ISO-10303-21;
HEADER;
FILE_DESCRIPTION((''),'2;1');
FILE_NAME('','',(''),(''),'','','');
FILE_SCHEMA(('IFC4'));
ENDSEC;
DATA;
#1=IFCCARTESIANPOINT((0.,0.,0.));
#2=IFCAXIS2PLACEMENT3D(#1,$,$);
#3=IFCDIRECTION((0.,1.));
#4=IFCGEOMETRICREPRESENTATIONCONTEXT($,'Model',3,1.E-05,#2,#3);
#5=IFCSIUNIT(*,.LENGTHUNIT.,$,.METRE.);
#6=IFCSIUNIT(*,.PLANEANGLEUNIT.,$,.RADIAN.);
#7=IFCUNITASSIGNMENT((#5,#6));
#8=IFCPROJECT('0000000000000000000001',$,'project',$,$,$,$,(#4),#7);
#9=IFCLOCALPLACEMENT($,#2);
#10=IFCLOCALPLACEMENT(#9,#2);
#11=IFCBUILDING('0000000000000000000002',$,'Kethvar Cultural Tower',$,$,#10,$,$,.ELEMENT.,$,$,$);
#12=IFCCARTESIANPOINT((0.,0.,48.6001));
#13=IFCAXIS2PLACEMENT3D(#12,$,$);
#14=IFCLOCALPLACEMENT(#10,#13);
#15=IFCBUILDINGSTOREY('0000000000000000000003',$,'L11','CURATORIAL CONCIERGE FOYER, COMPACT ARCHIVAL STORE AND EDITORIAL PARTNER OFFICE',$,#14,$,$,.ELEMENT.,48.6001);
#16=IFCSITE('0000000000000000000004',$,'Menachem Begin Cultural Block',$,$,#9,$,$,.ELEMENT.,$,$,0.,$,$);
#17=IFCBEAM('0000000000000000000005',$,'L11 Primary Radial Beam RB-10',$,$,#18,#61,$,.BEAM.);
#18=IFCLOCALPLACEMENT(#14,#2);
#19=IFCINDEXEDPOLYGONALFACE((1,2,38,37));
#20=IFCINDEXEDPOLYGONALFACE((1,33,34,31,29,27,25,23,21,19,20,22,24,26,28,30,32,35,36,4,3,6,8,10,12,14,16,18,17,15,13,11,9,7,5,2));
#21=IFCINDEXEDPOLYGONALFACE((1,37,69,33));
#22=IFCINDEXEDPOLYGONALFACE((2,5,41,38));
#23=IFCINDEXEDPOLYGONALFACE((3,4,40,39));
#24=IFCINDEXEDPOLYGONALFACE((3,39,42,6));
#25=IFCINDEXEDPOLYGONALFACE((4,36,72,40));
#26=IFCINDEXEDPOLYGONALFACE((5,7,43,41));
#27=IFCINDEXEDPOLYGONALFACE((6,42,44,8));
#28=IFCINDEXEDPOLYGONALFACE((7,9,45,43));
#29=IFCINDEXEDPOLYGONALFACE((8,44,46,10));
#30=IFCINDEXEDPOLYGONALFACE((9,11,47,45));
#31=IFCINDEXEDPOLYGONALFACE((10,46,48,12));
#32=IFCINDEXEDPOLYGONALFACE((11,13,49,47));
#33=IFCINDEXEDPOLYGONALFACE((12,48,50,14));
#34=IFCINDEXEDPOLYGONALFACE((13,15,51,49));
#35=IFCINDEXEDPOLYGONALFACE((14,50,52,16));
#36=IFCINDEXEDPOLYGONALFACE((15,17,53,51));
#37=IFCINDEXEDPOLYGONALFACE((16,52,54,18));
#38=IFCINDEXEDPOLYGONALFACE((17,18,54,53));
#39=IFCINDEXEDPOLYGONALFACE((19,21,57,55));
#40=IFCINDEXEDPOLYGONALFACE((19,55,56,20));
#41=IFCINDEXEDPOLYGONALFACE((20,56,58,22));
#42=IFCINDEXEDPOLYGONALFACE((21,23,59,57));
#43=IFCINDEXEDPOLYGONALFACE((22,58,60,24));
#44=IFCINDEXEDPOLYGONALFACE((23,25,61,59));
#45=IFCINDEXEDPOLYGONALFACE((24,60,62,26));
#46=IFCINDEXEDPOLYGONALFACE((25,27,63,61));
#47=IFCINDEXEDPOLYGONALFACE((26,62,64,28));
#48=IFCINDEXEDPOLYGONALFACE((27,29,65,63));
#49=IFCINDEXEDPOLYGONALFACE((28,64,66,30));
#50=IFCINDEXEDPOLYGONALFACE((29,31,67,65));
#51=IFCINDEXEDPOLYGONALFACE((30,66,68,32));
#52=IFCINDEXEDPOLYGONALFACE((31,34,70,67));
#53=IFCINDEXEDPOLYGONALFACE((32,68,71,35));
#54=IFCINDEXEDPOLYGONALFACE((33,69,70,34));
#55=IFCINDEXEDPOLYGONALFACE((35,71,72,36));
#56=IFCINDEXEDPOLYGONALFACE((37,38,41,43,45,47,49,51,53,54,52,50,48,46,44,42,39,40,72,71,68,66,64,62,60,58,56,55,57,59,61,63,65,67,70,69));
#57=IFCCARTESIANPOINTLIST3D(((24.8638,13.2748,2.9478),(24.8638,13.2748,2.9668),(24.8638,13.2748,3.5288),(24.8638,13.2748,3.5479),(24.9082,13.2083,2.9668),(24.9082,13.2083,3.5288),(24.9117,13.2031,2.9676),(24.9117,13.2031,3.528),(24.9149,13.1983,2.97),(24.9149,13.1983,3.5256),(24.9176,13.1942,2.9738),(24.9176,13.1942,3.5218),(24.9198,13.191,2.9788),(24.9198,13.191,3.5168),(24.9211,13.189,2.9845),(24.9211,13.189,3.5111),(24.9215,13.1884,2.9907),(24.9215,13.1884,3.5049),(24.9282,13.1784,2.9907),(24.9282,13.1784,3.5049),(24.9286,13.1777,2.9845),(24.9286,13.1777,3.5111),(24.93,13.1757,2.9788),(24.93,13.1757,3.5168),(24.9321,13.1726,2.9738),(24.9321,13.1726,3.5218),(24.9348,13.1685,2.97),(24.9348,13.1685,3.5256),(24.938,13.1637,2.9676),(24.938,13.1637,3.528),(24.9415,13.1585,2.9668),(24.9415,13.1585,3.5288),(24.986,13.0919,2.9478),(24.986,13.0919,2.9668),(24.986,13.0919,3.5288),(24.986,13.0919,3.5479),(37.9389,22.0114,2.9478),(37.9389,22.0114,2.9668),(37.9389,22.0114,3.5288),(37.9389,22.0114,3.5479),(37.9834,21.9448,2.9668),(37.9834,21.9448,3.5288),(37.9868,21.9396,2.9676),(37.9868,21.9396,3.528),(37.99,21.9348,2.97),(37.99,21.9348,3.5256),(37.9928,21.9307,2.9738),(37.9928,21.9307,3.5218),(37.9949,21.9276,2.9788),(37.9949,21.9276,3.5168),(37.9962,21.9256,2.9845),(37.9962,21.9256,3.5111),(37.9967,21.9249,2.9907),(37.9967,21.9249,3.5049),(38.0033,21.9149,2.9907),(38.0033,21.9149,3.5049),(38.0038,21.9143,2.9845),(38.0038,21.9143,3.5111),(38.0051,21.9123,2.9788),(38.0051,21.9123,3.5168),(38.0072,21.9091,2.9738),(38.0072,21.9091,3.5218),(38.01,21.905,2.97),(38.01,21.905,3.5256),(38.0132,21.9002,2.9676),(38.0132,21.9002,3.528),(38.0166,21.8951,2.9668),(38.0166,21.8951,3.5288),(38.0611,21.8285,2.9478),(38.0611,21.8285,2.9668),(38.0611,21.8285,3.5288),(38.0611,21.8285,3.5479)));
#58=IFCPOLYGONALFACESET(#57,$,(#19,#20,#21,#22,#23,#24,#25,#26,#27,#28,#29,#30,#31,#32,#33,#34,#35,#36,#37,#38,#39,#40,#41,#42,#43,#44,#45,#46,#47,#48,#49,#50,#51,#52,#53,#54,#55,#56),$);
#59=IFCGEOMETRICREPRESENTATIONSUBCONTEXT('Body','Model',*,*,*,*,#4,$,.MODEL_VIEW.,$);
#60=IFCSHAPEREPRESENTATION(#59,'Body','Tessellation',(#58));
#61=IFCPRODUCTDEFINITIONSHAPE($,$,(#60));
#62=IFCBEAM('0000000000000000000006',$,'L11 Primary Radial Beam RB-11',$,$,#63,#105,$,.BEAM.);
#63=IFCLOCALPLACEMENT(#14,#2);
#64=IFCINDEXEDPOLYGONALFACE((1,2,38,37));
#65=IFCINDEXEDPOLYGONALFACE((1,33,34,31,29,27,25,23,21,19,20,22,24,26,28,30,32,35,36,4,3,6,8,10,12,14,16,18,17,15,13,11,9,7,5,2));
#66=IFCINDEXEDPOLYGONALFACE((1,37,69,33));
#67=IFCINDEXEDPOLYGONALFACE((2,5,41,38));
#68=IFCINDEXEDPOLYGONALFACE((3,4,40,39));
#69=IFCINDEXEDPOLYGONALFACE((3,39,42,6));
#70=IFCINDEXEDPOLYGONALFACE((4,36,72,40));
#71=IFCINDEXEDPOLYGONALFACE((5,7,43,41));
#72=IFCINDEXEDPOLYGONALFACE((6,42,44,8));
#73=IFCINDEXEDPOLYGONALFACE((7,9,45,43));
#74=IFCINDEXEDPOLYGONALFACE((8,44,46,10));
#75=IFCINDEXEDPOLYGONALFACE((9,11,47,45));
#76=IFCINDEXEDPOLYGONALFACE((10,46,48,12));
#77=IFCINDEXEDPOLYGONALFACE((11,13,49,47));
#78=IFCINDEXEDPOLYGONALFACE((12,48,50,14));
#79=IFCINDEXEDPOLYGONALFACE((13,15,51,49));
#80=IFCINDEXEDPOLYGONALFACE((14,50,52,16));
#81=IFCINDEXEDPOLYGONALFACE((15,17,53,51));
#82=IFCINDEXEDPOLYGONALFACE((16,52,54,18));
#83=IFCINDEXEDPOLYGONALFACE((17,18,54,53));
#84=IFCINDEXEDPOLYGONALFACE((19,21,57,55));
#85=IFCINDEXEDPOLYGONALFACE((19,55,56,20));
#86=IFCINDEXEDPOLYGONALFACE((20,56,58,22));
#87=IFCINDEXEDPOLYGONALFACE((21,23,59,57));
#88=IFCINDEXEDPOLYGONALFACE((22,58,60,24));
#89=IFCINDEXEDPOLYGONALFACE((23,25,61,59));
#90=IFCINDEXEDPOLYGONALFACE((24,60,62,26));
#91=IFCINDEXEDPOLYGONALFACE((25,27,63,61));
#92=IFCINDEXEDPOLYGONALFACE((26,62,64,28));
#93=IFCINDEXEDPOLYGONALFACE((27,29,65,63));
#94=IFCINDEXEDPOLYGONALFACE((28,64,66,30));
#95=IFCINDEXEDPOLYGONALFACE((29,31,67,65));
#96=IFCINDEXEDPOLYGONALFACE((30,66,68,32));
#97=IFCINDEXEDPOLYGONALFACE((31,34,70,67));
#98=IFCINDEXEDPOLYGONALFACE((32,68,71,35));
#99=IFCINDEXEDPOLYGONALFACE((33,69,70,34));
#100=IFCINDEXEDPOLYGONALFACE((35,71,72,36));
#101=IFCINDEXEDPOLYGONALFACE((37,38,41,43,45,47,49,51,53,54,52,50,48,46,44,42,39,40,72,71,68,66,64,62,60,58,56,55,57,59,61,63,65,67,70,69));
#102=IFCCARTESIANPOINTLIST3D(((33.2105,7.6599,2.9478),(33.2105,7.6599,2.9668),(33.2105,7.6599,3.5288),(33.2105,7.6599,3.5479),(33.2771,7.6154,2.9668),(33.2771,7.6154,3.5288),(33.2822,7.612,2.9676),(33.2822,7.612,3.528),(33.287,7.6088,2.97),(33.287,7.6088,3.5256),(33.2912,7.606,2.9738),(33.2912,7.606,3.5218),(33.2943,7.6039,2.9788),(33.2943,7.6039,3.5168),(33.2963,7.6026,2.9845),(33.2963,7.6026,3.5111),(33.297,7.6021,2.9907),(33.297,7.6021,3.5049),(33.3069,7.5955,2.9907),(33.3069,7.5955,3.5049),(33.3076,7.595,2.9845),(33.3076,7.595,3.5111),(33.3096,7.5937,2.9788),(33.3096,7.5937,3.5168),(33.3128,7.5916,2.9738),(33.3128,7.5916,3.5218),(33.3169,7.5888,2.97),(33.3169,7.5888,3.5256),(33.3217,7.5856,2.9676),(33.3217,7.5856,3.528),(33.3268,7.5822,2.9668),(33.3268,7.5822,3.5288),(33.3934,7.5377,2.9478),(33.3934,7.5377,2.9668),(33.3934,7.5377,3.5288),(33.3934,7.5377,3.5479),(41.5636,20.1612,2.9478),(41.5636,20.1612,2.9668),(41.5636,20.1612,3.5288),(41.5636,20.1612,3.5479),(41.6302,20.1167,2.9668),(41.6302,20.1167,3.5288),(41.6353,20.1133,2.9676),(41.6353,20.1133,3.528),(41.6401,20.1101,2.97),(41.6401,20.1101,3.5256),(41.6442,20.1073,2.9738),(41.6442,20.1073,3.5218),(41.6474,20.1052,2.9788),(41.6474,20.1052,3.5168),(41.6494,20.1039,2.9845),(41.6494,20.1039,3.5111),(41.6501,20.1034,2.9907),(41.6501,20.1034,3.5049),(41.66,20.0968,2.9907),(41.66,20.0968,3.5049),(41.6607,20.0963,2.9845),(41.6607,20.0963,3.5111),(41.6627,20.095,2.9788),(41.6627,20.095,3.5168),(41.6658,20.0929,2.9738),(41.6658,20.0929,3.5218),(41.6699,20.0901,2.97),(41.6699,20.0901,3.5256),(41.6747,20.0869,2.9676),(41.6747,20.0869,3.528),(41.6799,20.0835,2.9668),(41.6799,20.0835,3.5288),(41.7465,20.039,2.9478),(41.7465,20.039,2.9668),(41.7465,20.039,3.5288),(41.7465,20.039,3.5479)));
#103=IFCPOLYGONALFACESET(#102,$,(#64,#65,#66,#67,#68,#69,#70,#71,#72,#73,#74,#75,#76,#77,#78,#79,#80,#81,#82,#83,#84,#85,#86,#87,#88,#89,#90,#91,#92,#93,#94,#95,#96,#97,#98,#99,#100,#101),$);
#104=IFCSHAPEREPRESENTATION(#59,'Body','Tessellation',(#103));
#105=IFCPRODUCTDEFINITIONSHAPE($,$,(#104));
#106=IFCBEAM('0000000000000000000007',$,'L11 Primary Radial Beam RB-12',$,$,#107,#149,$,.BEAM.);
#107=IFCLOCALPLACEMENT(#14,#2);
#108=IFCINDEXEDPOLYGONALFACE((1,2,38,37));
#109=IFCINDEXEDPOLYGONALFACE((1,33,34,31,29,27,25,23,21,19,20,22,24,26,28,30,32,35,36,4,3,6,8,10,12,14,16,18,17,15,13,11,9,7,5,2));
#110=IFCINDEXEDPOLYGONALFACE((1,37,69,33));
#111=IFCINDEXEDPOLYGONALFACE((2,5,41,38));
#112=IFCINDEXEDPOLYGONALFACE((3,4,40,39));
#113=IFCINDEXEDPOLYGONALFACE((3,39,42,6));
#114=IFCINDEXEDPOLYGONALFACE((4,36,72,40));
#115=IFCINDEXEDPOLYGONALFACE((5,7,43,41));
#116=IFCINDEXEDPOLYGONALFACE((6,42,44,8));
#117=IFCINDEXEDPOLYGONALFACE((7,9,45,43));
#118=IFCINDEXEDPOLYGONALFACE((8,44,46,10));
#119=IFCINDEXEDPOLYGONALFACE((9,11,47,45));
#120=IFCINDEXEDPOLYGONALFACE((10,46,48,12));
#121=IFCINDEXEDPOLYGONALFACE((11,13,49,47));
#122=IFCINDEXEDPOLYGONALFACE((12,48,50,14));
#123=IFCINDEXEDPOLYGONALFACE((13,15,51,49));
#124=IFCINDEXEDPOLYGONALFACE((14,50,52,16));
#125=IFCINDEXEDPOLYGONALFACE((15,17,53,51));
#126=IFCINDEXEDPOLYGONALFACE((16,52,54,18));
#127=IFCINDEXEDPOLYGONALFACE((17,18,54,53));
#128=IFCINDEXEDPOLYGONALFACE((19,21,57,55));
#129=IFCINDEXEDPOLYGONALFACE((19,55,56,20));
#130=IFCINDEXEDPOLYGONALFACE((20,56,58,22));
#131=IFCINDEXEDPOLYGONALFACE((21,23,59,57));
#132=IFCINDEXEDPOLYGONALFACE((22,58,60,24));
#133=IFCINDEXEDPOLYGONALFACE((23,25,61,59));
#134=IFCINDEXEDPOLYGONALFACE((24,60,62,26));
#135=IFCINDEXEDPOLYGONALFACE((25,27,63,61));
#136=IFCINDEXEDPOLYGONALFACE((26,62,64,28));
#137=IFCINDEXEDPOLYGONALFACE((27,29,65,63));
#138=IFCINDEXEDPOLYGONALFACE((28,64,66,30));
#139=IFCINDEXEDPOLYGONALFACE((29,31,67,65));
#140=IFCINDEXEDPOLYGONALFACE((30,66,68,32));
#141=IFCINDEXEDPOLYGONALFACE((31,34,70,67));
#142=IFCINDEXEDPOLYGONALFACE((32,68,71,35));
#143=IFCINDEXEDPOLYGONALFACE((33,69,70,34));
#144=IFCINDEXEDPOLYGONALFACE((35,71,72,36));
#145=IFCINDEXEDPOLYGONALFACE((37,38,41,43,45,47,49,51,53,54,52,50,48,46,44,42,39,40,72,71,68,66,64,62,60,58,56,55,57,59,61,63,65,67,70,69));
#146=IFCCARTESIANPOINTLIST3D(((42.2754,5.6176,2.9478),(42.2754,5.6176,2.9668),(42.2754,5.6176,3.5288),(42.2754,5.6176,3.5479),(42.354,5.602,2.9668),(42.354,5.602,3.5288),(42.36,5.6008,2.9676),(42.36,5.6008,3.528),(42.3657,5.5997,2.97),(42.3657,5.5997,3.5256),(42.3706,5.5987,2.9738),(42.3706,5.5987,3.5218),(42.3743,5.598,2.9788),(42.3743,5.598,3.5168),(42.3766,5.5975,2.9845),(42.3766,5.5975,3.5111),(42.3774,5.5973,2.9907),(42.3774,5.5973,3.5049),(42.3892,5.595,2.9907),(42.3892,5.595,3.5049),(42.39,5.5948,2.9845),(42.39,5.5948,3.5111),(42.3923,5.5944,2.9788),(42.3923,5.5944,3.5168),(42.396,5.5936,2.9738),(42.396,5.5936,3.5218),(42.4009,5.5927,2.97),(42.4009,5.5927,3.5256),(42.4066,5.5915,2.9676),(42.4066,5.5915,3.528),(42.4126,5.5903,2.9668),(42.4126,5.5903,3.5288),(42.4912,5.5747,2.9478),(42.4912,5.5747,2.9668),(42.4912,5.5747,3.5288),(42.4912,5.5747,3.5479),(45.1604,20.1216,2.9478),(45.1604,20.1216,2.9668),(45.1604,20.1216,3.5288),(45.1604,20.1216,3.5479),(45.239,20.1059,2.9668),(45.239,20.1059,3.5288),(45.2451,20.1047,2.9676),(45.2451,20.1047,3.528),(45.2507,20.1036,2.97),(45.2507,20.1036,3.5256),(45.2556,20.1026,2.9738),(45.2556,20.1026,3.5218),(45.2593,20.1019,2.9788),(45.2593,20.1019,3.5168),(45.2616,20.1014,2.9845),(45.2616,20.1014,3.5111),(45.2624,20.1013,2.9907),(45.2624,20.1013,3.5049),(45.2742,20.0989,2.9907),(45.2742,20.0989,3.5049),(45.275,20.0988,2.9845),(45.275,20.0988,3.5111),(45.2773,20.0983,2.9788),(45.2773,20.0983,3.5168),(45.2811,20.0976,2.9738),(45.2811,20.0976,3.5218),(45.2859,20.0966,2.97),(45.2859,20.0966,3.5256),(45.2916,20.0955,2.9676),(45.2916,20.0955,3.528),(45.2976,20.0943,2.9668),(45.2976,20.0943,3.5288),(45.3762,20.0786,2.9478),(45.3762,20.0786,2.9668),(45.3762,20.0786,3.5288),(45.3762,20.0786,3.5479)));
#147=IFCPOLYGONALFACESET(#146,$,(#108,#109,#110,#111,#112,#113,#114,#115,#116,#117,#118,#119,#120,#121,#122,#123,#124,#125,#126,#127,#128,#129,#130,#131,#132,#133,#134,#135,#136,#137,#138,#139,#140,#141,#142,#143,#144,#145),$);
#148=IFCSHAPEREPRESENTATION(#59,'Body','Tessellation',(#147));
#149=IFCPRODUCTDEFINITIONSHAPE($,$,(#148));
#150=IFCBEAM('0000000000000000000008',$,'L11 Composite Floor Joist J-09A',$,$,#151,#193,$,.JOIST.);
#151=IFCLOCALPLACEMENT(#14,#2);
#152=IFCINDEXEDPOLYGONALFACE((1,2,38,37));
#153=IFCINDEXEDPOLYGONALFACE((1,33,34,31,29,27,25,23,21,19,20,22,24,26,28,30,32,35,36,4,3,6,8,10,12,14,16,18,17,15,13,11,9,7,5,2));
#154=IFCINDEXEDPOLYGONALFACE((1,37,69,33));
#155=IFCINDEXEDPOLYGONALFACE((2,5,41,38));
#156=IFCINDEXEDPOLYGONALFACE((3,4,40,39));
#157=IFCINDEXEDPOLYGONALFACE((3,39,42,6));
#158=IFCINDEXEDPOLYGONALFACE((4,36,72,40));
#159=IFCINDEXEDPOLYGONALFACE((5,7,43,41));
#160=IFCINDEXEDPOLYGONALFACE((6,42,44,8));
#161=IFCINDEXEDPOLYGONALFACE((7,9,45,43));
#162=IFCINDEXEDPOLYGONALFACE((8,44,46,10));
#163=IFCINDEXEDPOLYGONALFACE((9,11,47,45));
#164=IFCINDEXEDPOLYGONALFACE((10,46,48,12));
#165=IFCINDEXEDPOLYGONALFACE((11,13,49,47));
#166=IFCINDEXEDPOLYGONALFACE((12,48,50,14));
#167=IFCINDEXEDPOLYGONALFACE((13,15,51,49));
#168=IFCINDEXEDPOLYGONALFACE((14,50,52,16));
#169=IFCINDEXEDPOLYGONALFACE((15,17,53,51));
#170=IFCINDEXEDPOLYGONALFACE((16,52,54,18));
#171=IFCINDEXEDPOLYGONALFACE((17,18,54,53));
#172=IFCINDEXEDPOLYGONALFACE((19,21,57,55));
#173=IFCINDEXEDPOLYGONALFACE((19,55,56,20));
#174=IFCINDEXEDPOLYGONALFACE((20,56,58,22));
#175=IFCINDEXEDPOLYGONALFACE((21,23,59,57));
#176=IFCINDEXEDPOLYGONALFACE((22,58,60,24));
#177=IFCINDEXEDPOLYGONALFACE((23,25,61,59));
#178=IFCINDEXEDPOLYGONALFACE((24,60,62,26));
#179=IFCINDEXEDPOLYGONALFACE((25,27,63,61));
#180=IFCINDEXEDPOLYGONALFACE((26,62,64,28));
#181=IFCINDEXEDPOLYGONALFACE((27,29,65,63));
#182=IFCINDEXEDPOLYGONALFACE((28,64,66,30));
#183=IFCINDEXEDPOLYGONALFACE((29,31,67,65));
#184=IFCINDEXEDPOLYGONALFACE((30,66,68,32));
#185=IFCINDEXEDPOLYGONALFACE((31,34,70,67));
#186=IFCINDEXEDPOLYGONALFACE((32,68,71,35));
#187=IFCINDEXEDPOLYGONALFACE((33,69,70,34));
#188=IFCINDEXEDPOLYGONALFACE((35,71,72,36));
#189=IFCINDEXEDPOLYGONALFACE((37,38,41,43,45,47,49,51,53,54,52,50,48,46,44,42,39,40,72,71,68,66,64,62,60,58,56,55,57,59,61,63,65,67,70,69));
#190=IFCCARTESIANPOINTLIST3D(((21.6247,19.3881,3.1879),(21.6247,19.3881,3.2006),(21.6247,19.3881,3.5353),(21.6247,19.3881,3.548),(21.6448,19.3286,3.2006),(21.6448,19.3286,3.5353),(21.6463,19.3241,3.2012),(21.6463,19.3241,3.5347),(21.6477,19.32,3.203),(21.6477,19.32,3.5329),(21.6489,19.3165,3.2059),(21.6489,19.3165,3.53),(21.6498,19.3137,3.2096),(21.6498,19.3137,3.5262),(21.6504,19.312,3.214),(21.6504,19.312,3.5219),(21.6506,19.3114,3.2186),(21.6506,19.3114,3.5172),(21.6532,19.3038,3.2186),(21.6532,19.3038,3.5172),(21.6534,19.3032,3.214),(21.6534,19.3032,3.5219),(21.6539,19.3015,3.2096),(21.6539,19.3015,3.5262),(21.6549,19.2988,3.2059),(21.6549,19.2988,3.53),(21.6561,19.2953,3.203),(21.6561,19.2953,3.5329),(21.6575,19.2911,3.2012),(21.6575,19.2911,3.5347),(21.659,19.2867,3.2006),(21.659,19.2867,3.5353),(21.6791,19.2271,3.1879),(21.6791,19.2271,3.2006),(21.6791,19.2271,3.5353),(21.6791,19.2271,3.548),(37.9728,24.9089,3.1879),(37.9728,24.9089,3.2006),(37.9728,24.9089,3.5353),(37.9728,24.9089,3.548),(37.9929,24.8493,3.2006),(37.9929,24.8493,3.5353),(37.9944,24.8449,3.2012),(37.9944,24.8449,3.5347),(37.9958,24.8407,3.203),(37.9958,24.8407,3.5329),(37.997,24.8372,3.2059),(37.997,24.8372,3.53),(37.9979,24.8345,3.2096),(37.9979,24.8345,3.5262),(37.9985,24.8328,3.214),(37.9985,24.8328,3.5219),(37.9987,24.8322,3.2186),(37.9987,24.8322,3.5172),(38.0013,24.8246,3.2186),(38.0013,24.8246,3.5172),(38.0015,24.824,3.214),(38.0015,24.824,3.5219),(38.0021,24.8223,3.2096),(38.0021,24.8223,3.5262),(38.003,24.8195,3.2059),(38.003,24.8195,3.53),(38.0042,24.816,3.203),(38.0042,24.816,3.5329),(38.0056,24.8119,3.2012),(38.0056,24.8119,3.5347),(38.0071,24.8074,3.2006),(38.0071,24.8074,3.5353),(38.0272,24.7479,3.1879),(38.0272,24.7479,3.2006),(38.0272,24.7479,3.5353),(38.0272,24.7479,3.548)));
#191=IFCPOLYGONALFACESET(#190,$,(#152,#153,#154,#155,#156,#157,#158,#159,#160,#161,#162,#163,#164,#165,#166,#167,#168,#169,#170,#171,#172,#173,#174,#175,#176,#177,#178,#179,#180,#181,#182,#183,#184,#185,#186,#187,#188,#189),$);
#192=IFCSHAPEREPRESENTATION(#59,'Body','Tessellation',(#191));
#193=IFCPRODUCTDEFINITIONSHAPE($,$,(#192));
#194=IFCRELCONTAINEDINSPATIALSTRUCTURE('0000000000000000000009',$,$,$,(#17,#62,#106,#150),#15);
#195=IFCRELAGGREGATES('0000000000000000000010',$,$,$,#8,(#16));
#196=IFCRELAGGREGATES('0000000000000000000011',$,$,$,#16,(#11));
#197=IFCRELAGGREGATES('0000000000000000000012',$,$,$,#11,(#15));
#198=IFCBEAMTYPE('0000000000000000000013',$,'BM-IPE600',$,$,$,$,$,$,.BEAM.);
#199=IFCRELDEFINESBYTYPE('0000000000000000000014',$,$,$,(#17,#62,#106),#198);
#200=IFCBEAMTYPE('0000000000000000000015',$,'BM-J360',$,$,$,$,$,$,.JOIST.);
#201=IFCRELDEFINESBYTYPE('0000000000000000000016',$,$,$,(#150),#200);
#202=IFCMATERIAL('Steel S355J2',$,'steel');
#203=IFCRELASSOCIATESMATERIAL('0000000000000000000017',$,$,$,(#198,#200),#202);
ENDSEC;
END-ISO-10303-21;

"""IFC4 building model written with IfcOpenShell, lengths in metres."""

from ifc_helpers import new_model, si_unit, direction, frame, origin, origin_2d, place, context, subcontext, project, spatial, i_section, extrude, source, transform, mapped, material, material_profile, profile_set, type_object, element, save


model = new_model("IFC4")

# Units and contexts
model_context = context("Model", 3, precision=1e-05, world=origin(), true_north=direction((0.0, 1.0)))
body_context = subcontext(model_context, "Body", "Model", "MODEL_VIEW")
ifc_project = project(units=[si_unit("LENGTHUNIT", "METRE"), si_unit("PLANEANGLEUNIT", "RADIAN")], contexts=[model_context])

# Site, building, storey
site_placement = place(None, origin())
site = spatial("IfcSite", under=ifc_project, at=site_placement, Name="Menachem Begin Cultural Block", CompositionType="ELEMENT", RefElevation=0.0)
building_placement = place(site_placement, origin())
building = spatial("IfcBuilding", under=site, at=building_placement, Name="Kethvar Cultural Tower", CompositionType="ELEMENT")
storey_placement = place(building_placement, frame((0.0, 0.0, 48.6001)))
storey = spatial("IfcBuildingStorey", under=building, at=storey_placement, Name="L11", Description="CURATORIAL CONCIERGE FOYER, COMPACT ARCHIVAL STORE AND EDITORIAL PARTNER OFFICE", CompositionType="ELEMENT", Elevation=48.6001)

# Beams
ifc_material_1 = material(Name="Steel S355J2", Category="steel")
ifc_material_profile_1 = material_profile(ifc_material_1, i_section(OverallWidth=0.22, OverallDepth=0.6001, WebThickness=0.012, FlangeThickness=0.019, FilletRadius=0.0239, at=origin_2d()), Name="Steel S355J2 — IPE600")
ifc_profile_set_1 = profile_set([ifc_material_profile_1], Name="Steel S355J2 — IPE600")
beam_type_1 = type_object("IfcBeamType", Name="BM-IPE600", PredefinedType="BEAM", material=ifc_profile_set_1)
shared_shape_1 = source(origin(), body_context, "Body", "SweptSolid", [
    extrude(i_section(OverallWidth=0.22, OverallDepth=0.6001, WebThickness=0.012, FlangeThickness=0.019, FilletRadius=0.0239, at=origin_2d()), origin(), (0.0, 0.0, 1.0), 15.7253),
])
beam_1_placement = place(storey_placement, frame((38.0, 21.9199, 3.2478), z_axis=(-0.831469, -0.55557, 0.0), x_axis=(0.55557, -0.831469, 0.0)))
element("IfcBeam", 1, at=beam_1_placement, inside=storey, type_object=beam_type_1, Name="L11 Primary Radial Beam RB-10", PredefinedType="BEAM", context=body_context, shape_type="MappedRepresentation", body=[
    mapped(shared_shape_1, transform((0.0, 0.0, 0.0), scale=1.0)),
])
shared_shape_2 = source(origin(), body_context, "Body", "SweptSolid", [
    extrude(i_section(OverallWidth=0.22, OverallDepth=0.6001, WebThickness=0.012, FlangeThickness=0.019, FilletRadius=0.0239, at=origin_2d()), origin(), (0.0, 0.0, 1.0), 15.0352),
])
beam_2_placement = place(storey_placement, frame((41.655, 20.1001, 3.2478), z_axis=(-0.555569, -0.83147, 0.0), x_axis=(0.83147, -0.555569, 0.0)))
element("IfcBeam", 2, at=beam_2_placement, inside=storey, type_object=beam_type_1, Name="L11 Primary Radial Beam RB-11", PredefinedType="BEAM", context=body_context, shape_type="MappedRepresentation", body=[
    mapped(shared_shape_2, transform((0.0, 0.0, 0.0), scale=1.0)),
])
shared_shape_3 = source(origin(), body_context, "Body", "SweptSolid", [
    extrude(i_section(OverallWidth=0.22, OverallDepth=0.6001, WebThickness=0.012, FlangeThickness=0.019, FilletRadius=0.0239, at=origin_2d()), origin(), (0.0, 0.0, 1.0), 14.7881),
])
beam_3_placement = place(storey_placement, frame((45.2683, 20.1001, 3.2478), z_axis=(-0.195091, -0.980785, 0.0), x_axis=(0.980785, -0.195091, 0.0)))
element("IfcBeam", 3, at=beam_3_placement, inside=storey, type_object=beam_type_1, Name="L11 Primary Radial Beam RB-12", PredefinedType="BEAM", context=body_context, shape_type="MappedRepresentation", body=[
    mapped(shared_shape_3, transform((0.0, 0.0, 0.0), scale=1.0)),
])
ifc_material_profile_2 = material_profile(ifc_material_1, i_section(OverallWidth=0.1699, OverallDepth=0.3601, WebThickness=0.0081, FlangeThickness=0.0127, FilletRadius=0.0181, at=origin_2d()), Name="Steel S355J2 — IPE360")
ifc_profile_set_2 = profile_set([ifc_material_profile_2], Name="Steel S355J2 — IPE360")
beam_type_2 = type_object("IfcBeamType", Name="BM-J360", PredefinedType="JOIST", material=ifc_profile_set_2)
shared_shape_4 = source(origin(), body_context, "Body", "SweptSolid", [
    extrude(i_section(OverallWidth=0.1699, OverallDepth=0.3601, WebThickness=0.0081, FlangeThickness=0.0127, FilletRadius=0.0181, at=origin_2d()), origin(), (0.0, 0.0, 1.0), 17.2551),
])
beam_4_placement = place(storey_placement, frame((38.0, 24.8284, 3.3679), z_axis=(-0.947435, -0.319948, 0.0), x_axis=(0.319948, -0.947435, 0.0)))
element("IfcBeam", 4, at=beam_4_placement, inside=storey, type_object=beam_type_2, Name="L11 Composite Floor Joist J-09A", PredefinedType="JOIST", context=body_context, shape_type="MappedRepresentation", body=[
    mapped(shared_shape_4, transform((0.0, 0.0, 0.0), scale=1.0)),
])

save(model, "model.ifc")
